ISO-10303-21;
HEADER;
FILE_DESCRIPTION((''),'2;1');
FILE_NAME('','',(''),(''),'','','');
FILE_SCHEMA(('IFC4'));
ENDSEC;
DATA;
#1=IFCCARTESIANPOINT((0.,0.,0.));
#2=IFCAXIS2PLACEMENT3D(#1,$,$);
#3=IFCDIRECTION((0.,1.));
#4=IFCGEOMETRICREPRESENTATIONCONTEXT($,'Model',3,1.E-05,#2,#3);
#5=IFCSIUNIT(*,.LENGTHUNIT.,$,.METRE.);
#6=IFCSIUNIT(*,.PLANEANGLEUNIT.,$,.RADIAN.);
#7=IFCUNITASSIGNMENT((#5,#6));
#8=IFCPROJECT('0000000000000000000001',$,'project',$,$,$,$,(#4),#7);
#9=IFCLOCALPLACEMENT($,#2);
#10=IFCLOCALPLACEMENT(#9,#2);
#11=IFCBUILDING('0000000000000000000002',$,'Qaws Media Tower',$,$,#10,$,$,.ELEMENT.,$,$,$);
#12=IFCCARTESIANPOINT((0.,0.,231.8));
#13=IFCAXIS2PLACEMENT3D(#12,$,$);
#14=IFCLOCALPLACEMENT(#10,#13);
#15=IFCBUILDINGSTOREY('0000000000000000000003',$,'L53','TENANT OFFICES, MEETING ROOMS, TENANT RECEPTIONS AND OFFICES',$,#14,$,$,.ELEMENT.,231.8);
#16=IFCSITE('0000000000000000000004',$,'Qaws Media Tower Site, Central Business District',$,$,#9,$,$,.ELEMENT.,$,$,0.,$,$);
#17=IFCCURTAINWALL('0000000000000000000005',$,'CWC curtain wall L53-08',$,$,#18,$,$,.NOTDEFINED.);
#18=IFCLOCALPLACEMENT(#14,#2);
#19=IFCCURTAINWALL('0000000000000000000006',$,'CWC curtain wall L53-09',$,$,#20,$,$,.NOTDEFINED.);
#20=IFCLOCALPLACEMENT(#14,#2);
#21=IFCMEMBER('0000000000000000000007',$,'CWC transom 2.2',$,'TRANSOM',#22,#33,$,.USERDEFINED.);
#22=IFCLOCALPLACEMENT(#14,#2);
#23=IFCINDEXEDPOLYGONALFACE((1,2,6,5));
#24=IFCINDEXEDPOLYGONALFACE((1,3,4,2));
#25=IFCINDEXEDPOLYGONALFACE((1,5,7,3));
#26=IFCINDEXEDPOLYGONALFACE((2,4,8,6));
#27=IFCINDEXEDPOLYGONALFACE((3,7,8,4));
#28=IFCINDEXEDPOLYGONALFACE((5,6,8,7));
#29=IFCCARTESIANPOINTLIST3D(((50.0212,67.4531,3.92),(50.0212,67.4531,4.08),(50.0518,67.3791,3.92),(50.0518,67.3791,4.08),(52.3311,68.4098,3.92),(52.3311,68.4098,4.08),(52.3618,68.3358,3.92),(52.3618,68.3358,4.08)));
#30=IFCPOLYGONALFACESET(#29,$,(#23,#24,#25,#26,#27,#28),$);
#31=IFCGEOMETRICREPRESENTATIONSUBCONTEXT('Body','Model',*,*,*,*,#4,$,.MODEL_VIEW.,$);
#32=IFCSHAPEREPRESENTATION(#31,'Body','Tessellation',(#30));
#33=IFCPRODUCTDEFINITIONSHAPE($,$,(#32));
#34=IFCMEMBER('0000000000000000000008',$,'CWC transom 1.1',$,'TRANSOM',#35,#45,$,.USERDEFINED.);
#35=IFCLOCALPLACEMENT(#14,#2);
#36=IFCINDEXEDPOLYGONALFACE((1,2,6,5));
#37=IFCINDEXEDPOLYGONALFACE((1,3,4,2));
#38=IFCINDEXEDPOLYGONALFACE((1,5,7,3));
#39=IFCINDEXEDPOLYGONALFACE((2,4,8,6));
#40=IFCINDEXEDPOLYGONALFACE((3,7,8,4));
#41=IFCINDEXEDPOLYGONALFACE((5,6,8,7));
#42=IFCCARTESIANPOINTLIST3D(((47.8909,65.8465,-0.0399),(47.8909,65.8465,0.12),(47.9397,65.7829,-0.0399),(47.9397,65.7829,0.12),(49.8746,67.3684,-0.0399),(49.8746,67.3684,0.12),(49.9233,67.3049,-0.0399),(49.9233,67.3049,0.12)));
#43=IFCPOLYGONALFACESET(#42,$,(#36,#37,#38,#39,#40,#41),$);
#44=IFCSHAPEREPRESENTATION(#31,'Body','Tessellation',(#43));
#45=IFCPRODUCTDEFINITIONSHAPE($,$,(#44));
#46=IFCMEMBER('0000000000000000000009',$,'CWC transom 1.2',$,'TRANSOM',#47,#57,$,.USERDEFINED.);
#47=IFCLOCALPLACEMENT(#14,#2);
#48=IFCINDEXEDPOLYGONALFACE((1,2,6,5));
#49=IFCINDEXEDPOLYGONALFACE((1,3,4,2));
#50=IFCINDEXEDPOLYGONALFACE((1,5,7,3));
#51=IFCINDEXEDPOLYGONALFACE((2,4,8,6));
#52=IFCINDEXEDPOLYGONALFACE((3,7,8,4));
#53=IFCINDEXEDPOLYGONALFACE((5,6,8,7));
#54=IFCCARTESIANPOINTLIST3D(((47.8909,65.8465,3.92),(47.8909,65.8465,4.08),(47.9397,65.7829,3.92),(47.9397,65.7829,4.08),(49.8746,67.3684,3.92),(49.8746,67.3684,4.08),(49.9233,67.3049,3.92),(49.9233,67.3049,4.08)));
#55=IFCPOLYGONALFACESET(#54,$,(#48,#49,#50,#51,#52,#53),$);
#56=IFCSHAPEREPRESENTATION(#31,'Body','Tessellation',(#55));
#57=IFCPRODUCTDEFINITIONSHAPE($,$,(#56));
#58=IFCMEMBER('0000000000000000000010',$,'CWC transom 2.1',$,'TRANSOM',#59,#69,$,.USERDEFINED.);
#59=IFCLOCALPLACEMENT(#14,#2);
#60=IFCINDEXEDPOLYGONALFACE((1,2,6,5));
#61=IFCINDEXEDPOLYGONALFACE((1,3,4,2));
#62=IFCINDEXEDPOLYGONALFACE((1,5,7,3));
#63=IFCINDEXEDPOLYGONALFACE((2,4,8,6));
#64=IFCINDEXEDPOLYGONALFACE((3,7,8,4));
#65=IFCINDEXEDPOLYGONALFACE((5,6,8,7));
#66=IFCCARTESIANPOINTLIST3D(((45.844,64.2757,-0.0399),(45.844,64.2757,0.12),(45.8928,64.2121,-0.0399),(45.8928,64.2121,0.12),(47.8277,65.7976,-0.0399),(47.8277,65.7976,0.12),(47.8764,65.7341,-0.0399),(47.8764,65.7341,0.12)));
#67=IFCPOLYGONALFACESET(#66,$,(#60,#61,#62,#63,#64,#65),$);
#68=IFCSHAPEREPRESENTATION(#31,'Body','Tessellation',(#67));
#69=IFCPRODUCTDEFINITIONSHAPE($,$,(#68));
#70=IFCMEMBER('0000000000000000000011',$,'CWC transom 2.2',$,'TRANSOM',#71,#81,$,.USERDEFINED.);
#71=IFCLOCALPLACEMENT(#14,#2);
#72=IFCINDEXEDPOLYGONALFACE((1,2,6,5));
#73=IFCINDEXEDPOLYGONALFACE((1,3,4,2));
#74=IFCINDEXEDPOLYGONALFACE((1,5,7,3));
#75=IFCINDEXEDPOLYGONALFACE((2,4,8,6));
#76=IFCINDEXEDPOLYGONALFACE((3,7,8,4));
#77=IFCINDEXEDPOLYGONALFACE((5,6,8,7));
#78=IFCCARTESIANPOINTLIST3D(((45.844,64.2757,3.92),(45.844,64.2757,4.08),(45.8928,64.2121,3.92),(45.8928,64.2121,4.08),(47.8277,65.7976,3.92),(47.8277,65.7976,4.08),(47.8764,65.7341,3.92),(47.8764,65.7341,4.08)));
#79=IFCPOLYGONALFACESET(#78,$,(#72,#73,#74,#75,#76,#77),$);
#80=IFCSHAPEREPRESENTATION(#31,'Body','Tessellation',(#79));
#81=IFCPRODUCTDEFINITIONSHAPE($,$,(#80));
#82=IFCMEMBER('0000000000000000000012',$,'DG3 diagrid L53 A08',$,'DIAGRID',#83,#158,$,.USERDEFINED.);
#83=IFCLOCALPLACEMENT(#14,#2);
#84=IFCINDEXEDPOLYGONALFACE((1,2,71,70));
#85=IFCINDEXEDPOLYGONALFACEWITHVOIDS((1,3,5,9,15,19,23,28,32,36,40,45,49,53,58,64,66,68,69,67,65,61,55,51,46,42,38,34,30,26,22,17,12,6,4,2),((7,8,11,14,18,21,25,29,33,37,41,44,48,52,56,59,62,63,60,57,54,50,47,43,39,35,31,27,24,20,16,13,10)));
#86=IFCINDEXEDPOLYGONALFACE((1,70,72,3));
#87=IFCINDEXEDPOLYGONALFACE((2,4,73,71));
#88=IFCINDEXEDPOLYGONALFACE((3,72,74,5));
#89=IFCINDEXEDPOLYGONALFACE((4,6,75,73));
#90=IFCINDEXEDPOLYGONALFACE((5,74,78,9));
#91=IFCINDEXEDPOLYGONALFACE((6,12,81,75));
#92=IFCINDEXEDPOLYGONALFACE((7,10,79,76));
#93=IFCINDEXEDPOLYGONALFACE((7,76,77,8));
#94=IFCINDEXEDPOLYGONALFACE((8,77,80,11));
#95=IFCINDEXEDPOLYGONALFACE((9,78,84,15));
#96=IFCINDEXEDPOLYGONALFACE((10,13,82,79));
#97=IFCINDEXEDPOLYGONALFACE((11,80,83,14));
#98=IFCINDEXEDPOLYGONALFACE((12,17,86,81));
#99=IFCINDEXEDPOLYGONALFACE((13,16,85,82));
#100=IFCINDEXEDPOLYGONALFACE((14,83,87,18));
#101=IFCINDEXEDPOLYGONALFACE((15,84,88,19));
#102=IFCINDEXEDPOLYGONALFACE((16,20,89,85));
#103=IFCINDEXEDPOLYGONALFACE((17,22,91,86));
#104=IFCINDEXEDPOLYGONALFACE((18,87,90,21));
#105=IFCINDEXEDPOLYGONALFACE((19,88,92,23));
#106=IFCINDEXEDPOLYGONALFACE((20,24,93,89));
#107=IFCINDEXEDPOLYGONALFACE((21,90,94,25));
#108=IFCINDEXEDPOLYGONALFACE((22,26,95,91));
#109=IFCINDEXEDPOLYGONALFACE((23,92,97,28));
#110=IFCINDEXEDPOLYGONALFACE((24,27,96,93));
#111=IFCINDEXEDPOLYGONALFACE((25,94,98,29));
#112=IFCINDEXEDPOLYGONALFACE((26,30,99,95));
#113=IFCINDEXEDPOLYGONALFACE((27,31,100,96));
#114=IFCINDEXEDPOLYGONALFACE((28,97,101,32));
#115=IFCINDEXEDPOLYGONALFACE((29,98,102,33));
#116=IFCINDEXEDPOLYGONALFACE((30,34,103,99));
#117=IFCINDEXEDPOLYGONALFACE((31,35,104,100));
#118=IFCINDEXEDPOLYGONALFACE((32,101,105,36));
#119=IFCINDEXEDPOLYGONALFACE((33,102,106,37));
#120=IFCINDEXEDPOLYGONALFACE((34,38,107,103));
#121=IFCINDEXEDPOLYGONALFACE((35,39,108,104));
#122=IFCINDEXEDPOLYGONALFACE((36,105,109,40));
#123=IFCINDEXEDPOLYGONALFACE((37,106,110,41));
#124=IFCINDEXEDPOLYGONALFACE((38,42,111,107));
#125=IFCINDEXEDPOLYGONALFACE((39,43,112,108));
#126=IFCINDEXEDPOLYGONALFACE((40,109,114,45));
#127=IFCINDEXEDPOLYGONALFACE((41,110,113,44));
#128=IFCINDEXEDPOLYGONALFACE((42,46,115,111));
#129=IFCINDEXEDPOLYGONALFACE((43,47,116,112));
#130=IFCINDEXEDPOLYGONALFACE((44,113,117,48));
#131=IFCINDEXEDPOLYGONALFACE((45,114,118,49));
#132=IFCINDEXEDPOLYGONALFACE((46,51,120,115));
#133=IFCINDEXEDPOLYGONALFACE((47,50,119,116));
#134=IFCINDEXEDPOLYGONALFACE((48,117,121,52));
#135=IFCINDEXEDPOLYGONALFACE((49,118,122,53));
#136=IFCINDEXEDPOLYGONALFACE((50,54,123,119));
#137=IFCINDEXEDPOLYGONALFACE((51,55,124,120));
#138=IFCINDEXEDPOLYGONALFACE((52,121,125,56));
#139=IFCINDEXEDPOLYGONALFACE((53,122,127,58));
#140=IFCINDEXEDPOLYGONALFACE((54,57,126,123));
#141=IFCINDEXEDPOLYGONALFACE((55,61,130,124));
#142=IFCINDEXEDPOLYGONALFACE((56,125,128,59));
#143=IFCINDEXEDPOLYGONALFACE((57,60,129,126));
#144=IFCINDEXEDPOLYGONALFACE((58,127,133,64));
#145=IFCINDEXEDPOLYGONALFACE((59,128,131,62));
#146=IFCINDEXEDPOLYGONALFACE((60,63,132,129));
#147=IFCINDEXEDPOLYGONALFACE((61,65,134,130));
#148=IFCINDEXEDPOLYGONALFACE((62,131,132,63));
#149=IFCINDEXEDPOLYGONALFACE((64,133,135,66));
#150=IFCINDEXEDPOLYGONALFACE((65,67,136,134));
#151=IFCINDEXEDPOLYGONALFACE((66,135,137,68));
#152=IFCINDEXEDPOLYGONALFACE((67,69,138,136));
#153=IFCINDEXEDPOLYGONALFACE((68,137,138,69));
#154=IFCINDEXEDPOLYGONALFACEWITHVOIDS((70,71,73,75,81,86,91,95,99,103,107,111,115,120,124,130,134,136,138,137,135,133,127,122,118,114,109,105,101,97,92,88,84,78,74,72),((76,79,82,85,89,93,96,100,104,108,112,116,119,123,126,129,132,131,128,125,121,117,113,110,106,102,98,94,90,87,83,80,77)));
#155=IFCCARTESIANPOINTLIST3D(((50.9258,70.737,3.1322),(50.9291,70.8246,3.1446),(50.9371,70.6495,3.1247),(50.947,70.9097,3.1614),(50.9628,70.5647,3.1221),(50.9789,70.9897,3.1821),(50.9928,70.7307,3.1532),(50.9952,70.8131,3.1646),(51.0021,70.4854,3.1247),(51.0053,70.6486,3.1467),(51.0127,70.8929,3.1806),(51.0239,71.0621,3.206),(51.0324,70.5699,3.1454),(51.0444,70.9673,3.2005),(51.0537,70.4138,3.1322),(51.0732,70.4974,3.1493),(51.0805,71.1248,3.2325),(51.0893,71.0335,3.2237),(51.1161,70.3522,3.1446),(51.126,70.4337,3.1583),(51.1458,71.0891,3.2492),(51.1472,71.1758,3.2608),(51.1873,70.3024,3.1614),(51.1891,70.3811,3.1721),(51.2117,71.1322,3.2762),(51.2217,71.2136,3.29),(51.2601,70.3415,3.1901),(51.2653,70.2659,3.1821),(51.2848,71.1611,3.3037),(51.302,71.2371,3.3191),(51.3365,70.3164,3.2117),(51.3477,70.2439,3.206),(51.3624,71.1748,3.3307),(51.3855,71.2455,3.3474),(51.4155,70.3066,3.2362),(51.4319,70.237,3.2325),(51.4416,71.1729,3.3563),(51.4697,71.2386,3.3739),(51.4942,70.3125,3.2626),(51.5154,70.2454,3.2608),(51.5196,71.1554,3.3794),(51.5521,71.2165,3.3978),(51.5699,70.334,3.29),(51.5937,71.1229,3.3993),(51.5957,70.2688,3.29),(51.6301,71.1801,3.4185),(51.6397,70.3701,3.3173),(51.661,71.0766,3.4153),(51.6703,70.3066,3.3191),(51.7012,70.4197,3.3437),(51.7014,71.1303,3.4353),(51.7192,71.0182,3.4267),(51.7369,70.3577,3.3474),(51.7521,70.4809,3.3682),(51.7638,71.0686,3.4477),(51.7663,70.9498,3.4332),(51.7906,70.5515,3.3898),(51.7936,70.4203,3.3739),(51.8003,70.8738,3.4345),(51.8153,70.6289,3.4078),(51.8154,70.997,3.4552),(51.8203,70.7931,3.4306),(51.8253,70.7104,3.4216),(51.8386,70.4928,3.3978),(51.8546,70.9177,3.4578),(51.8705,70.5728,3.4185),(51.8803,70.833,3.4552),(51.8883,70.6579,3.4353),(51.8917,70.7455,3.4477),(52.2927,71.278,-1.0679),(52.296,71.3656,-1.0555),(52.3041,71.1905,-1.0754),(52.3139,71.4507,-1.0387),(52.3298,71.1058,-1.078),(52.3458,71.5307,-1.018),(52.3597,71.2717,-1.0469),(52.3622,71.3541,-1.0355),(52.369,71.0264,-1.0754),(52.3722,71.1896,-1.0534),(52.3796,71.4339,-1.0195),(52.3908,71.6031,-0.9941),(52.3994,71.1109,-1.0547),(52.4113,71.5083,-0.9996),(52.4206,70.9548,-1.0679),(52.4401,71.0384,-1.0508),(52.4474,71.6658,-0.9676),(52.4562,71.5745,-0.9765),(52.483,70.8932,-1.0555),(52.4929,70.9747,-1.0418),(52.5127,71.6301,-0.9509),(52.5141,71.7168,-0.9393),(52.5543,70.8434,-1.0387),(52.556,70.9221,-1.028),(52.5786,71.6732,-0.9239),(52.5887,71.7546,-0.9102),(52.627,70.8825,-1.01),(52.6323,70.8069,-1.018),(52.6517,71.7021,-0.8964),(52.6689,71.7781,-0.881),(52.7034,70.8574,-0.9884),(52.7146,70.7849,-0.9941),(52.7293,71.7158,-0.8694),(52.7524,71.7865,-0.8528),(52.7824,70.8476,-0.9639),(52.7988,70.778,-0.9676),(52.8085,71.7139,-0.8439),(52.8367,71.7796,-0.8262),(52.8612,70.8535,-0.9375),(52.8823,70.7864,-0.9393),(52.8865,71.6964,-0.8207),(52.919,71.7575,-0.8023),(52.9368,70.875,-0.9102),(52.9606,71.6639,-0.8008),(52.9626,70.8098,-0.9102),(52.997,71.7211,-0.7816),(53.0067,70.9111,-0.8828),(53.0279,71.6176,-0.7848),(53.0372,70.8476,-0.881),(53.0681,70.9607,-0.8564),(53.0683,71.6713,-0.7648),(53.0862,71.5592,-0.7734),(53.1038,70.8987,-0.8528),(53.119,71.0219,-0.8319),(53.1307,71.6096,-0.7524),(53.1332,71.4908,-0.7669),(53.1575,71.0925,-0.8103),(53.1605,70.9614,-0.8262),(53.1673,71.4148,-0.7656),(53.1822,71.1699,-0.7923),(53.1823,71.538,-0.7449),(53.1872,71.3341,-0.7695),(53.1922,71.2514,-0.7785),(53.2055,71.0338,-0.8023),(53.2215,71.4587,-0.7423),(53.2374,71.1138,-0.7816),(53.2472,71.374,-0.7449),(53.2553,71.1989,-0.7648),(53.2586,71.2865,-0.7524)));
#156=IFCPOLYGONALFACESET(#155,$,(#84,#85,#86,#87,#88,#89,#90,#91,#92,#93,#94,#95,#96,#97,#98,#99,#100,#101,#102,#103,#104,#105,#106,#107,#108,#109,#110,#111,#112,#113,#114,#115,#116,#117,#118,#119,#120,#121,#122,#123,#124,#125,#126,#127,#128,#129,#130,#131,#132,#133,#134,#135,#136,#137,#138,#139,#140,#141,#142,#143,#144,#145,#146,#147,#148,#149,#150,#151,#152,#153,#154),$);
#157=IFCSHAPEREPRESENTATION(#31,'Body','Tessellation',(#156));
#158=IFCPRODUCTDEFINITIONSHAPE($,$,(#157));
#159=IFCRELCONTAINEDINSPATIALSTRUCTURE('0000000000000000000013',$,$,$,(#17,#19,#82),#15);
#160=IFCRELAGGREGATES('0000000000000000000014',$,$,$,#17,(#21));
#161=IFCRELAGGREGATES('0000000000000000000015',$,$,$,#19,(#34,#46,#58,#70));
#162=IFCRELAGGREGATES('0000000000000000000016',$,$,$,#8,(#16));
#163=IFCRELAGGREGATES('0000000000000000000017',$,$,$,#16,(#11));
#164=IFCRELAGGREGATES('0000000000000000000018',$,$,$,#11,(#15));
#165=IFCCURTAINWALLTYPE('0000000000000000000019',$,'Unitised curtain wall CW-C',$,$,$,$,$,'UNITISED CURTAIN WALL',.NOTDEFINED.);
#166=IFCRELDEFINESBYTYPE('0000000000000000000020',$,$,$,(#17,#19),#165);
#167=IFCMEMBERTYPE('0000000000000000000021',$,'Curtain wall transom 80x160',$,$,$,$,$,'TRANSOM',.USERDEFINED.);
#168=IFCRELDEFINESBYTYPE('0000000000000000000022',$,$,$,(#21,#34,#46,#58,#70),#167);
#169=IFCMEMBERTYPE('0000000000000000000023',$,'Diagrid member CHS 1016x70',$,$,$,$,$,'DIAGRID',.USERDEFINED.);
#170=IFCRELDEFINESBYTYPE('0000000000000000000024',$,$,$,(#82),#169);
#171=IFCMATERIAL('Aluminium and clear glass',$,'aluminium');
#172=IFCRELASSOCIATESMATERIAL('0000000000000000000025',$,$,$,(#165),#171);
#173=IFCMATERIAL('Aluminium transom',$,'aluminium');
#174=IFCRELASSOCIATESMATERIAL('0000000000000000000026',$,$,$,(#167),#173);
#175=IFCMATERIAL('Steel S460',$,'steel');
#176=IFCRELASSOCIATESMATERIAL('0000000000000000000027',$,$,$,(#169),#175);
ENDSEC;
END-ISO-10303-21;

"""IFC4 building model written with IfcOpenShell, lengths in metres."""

from ifc_helpers import new_model, si_unit, direction, frame, origin, origin_2d, place, context, subcontext, project, spatial, rectangle, hollow_circle, extrude, material, material_profile, profile_set, type_object, element, aggregate, save


model = new_model("IFC4")

# Units and contexts
model_context = context("Model", 3, precision=1e-05, world=origin(), true_north=direction((0.0, 1.0)))
body_context = subcontext(model_context, "Body", "Model", "MODEL_VIEW")
ifc_project = project(units=[si_unit("LENGTHUNIT", "METRE"), si_unit("PLANEANGLEUNIT", "RADIAN")], contexts=[model_context])

# Site, building, storey
site_placement = place(None, origin())
site = spatial("IfcSite", under=ifc_project, at=site_placement, Name="Qaws Media Tower Site, Central Business District", CompositionType="ELEMENT", RefElevation=0.0)
building_placement = place(site_placement, origin())
building = spatial("IfcBuilding", under=site, at=building_placement, Name="Qaws Media Tower", CompositionType="ELEMENT")
storey_placement = place(building_placement, frame((0.0, 0.0, 231.8)))
storey = spatial("IfcBuildingStorey", under=building, at=storey_placement, Name="L53", Description="TENANT OFFICES, MEETING ROOMS, TENANT RECEPTIONS AND OFFICES", CompositionType="ELEMENT", Elevation=231.8)

# Curtain walls
ifc_material_1 = material(Name="Aluminium and clear glass", Category="aluminium")
curtain_wall_type = type_object("IfcCurtainWallType", Name="Unitised curtain wall CW-C", ElementType="UNITISED CURTAIN WALL", PredefinedType="NOTDEFINED", material=ifc_material_1)
curtain_wall_1_placement = place(storey_placement, origin())
curtain_wall_1 = element("IfcCurtainWall", 1, at=curtain_wall_1_placement, inside=storey, type_object=curtain_wall_type, Name="CWC curtain wall L53-08", PredefinedType="NOTDEFINED")
curtain_wall_2_placement = place(storey_placement, origin())
curtain_wall_2 = element("IfcCurtainWall", 2, at=curtain_wall_2_placement, inside=storey, type_object=curtain_wall_type, Name="CWC curtain wall L53-09", PredefinedType="NOTDEFINED")

# Members
ifc_material_2 = material(Name="Aluminium transom", Category="aluminium")
ifc_material_profile_1 = material_profile(ifc_material_2, rectangle(XDim=0.0801, YDim=0.1599, at=origin_2d()), Name="80x160")
ifc_profile_set_1 = profile_set([ifc_material_profile_1], Name="Aluminium transom")
member_type_1 = type_object("IfcMemberType", Name="Curtain wall transom 80x160", ElementType="TRANSOM", PredefinedType="USERDEFINED", material=ifc_profile_set_1)
member_1_placement = place(storey_placement, frame((52.3464, 68.3728, 4.0), z_axis=(-0.923889, -0.382659, 0.0), x_axis=(0.382659, -0.923889, 0.0)))
member_1 = element("IfcMember", 3, at=member_1_placement, type_object=member_type_1, Name="CWC transom 2.2", ObjectType="TRANSOM", PredefinedType="USERDEFINED", context=body_context, shape_type="SweptSolid", body=[
    extrude(rectangle(XDim=0.0801, YDim=0.1599, at=origin_2d()), origin(), (0.0, 0.0, 1.0), 2.5002),
])
member_2_placement = place(storey_placement, frame((49.8989, 67.3367, 0.04), z_axis=(-0.793378, -0.608729, 0.0), x_axis=(0.608729, -0.793378, 0.0)))
member_2 = element("IfcMember", 4, at=member_2_placement, type_object=member_type_1, Name="CWC transom 1.1", ObjectType="TRANSOM", PredefinedType="USERDEFINED", context=body_context, shape_type="SweptSolid", body=[
    extrude(rectangle(XDim=0.0801, YDim=0.1599, at=origin_2d()), origin(), (0.0, 0.0, 1.0), 2.5002),
])
member_3_placement = place(storey_placement, frame((49.8989, 67.3367, 4.0), z_axis=(-0.793378, -0.608729, 0.0), x_axis=(0.608729, -0.793378, 0.0)))
member_3 = element("IfcMember", 5, at=member_3_placement, type_object=member_type_1, Name="CWC transom 1.2", ObjectType="TRANSOM", PredefinedType="USERDEFINED", context=body_context, shape_type="SweptSolid", body=[
    extrude(rectangle(XDim=0.0801, YDim=0.1599, at=origin_2d()), origin(), (0.0, 0.0, 1.0), 2.5002),
])
member_4_placement = place(storey_placement, frame((47.8521, 65.7659, 0.04), z_axis=(-0.793378, -0.608729, 0.0), x_axis=(0.608729, -0.793378, 0.0)))
member_4 = element("IfcMember", 6, at=member_4_placement, type_object=member_type_1, Name="CWC transom 2.1", ObjectType="TRANSOM", PredefinedType="USERDEFINED", context=body_context, shape_type="SweptSolid", body=[
    extrude(rectangle(XDim=0.0801, YDim=0.1599, at=origin_2d()), origin(), (0.0, 0.0, 1.0), 2.5002),
])
member_5_placement = place(storey_placement, frame((47.8521, 65.7659, 4.0), z_axis=(-0.793378, -0.608729, 0.0), x_axis=(0.608729, -0.793378, 0.0)))
member_5 = element("IfcMember", 7, at=member_5_placement, type_object=member_type_1, Name="CWC transom 2.2", ObjectType="TRANSOM", PredefinedType="USERDEFINED", context=body_context, shape_type="SweptSolid", body=[
    extrude(rectangle(XDim=0.0801, YDim=0.1599, at=origin_2d()), origin(), (0.0, 0.0, 1.0), 2.5002),
])

# Member
ifc_material_3 = material(Name="Steel S460", Category="steel")
ifc_material_profile_2 = material_profile(ifc_material_3, hollow_circle(Radius=0.5081, WallThickness=0.0701, at=origin_2d()), Name="CHS 1016x70")
ifc_profile_set_2 = profile_set([ifc_material_profile_2], Name="Steel S460")
member_type_2 = type_object("IfcMemberType", Name="Diagrid member CHS 1016x70", ElementType="DIAGRID", PredefinedType="USERDEFINED", material=ifc_profile_set_2)
for number, where, z_axis, x_axis, name in (
    (8, (52.7756, 71.2822, -0.9102), (-0.307175, -0.121575, 0.943855), (0.36801, -0.929822, 0.0), "DG3 diagrid L53 A08"),
):
    element("IfcMember", number, at=place(storey_placement, frame(where, z_axis=z_axis, x_axis=x_axis)), inside=storey, type_object=member_type_2, Name=name, ObjectType="DIAGRID", PredefinedType="USERDEFINED", context=body_context, shape_type="SweptSolid", body=[
        extrude(hollow_circle(Radius=0.5081, WallThickness=0.0701, at=origin_2d()), origin(), (0.0, 0.0, 1.0), 4.45),
    ])

aggregate(curtain_wall_1, [member_1])
aggregate(curtain_wall_2, [member_2, member_3, member_4, member_5])

save(model, "model.ifc")
